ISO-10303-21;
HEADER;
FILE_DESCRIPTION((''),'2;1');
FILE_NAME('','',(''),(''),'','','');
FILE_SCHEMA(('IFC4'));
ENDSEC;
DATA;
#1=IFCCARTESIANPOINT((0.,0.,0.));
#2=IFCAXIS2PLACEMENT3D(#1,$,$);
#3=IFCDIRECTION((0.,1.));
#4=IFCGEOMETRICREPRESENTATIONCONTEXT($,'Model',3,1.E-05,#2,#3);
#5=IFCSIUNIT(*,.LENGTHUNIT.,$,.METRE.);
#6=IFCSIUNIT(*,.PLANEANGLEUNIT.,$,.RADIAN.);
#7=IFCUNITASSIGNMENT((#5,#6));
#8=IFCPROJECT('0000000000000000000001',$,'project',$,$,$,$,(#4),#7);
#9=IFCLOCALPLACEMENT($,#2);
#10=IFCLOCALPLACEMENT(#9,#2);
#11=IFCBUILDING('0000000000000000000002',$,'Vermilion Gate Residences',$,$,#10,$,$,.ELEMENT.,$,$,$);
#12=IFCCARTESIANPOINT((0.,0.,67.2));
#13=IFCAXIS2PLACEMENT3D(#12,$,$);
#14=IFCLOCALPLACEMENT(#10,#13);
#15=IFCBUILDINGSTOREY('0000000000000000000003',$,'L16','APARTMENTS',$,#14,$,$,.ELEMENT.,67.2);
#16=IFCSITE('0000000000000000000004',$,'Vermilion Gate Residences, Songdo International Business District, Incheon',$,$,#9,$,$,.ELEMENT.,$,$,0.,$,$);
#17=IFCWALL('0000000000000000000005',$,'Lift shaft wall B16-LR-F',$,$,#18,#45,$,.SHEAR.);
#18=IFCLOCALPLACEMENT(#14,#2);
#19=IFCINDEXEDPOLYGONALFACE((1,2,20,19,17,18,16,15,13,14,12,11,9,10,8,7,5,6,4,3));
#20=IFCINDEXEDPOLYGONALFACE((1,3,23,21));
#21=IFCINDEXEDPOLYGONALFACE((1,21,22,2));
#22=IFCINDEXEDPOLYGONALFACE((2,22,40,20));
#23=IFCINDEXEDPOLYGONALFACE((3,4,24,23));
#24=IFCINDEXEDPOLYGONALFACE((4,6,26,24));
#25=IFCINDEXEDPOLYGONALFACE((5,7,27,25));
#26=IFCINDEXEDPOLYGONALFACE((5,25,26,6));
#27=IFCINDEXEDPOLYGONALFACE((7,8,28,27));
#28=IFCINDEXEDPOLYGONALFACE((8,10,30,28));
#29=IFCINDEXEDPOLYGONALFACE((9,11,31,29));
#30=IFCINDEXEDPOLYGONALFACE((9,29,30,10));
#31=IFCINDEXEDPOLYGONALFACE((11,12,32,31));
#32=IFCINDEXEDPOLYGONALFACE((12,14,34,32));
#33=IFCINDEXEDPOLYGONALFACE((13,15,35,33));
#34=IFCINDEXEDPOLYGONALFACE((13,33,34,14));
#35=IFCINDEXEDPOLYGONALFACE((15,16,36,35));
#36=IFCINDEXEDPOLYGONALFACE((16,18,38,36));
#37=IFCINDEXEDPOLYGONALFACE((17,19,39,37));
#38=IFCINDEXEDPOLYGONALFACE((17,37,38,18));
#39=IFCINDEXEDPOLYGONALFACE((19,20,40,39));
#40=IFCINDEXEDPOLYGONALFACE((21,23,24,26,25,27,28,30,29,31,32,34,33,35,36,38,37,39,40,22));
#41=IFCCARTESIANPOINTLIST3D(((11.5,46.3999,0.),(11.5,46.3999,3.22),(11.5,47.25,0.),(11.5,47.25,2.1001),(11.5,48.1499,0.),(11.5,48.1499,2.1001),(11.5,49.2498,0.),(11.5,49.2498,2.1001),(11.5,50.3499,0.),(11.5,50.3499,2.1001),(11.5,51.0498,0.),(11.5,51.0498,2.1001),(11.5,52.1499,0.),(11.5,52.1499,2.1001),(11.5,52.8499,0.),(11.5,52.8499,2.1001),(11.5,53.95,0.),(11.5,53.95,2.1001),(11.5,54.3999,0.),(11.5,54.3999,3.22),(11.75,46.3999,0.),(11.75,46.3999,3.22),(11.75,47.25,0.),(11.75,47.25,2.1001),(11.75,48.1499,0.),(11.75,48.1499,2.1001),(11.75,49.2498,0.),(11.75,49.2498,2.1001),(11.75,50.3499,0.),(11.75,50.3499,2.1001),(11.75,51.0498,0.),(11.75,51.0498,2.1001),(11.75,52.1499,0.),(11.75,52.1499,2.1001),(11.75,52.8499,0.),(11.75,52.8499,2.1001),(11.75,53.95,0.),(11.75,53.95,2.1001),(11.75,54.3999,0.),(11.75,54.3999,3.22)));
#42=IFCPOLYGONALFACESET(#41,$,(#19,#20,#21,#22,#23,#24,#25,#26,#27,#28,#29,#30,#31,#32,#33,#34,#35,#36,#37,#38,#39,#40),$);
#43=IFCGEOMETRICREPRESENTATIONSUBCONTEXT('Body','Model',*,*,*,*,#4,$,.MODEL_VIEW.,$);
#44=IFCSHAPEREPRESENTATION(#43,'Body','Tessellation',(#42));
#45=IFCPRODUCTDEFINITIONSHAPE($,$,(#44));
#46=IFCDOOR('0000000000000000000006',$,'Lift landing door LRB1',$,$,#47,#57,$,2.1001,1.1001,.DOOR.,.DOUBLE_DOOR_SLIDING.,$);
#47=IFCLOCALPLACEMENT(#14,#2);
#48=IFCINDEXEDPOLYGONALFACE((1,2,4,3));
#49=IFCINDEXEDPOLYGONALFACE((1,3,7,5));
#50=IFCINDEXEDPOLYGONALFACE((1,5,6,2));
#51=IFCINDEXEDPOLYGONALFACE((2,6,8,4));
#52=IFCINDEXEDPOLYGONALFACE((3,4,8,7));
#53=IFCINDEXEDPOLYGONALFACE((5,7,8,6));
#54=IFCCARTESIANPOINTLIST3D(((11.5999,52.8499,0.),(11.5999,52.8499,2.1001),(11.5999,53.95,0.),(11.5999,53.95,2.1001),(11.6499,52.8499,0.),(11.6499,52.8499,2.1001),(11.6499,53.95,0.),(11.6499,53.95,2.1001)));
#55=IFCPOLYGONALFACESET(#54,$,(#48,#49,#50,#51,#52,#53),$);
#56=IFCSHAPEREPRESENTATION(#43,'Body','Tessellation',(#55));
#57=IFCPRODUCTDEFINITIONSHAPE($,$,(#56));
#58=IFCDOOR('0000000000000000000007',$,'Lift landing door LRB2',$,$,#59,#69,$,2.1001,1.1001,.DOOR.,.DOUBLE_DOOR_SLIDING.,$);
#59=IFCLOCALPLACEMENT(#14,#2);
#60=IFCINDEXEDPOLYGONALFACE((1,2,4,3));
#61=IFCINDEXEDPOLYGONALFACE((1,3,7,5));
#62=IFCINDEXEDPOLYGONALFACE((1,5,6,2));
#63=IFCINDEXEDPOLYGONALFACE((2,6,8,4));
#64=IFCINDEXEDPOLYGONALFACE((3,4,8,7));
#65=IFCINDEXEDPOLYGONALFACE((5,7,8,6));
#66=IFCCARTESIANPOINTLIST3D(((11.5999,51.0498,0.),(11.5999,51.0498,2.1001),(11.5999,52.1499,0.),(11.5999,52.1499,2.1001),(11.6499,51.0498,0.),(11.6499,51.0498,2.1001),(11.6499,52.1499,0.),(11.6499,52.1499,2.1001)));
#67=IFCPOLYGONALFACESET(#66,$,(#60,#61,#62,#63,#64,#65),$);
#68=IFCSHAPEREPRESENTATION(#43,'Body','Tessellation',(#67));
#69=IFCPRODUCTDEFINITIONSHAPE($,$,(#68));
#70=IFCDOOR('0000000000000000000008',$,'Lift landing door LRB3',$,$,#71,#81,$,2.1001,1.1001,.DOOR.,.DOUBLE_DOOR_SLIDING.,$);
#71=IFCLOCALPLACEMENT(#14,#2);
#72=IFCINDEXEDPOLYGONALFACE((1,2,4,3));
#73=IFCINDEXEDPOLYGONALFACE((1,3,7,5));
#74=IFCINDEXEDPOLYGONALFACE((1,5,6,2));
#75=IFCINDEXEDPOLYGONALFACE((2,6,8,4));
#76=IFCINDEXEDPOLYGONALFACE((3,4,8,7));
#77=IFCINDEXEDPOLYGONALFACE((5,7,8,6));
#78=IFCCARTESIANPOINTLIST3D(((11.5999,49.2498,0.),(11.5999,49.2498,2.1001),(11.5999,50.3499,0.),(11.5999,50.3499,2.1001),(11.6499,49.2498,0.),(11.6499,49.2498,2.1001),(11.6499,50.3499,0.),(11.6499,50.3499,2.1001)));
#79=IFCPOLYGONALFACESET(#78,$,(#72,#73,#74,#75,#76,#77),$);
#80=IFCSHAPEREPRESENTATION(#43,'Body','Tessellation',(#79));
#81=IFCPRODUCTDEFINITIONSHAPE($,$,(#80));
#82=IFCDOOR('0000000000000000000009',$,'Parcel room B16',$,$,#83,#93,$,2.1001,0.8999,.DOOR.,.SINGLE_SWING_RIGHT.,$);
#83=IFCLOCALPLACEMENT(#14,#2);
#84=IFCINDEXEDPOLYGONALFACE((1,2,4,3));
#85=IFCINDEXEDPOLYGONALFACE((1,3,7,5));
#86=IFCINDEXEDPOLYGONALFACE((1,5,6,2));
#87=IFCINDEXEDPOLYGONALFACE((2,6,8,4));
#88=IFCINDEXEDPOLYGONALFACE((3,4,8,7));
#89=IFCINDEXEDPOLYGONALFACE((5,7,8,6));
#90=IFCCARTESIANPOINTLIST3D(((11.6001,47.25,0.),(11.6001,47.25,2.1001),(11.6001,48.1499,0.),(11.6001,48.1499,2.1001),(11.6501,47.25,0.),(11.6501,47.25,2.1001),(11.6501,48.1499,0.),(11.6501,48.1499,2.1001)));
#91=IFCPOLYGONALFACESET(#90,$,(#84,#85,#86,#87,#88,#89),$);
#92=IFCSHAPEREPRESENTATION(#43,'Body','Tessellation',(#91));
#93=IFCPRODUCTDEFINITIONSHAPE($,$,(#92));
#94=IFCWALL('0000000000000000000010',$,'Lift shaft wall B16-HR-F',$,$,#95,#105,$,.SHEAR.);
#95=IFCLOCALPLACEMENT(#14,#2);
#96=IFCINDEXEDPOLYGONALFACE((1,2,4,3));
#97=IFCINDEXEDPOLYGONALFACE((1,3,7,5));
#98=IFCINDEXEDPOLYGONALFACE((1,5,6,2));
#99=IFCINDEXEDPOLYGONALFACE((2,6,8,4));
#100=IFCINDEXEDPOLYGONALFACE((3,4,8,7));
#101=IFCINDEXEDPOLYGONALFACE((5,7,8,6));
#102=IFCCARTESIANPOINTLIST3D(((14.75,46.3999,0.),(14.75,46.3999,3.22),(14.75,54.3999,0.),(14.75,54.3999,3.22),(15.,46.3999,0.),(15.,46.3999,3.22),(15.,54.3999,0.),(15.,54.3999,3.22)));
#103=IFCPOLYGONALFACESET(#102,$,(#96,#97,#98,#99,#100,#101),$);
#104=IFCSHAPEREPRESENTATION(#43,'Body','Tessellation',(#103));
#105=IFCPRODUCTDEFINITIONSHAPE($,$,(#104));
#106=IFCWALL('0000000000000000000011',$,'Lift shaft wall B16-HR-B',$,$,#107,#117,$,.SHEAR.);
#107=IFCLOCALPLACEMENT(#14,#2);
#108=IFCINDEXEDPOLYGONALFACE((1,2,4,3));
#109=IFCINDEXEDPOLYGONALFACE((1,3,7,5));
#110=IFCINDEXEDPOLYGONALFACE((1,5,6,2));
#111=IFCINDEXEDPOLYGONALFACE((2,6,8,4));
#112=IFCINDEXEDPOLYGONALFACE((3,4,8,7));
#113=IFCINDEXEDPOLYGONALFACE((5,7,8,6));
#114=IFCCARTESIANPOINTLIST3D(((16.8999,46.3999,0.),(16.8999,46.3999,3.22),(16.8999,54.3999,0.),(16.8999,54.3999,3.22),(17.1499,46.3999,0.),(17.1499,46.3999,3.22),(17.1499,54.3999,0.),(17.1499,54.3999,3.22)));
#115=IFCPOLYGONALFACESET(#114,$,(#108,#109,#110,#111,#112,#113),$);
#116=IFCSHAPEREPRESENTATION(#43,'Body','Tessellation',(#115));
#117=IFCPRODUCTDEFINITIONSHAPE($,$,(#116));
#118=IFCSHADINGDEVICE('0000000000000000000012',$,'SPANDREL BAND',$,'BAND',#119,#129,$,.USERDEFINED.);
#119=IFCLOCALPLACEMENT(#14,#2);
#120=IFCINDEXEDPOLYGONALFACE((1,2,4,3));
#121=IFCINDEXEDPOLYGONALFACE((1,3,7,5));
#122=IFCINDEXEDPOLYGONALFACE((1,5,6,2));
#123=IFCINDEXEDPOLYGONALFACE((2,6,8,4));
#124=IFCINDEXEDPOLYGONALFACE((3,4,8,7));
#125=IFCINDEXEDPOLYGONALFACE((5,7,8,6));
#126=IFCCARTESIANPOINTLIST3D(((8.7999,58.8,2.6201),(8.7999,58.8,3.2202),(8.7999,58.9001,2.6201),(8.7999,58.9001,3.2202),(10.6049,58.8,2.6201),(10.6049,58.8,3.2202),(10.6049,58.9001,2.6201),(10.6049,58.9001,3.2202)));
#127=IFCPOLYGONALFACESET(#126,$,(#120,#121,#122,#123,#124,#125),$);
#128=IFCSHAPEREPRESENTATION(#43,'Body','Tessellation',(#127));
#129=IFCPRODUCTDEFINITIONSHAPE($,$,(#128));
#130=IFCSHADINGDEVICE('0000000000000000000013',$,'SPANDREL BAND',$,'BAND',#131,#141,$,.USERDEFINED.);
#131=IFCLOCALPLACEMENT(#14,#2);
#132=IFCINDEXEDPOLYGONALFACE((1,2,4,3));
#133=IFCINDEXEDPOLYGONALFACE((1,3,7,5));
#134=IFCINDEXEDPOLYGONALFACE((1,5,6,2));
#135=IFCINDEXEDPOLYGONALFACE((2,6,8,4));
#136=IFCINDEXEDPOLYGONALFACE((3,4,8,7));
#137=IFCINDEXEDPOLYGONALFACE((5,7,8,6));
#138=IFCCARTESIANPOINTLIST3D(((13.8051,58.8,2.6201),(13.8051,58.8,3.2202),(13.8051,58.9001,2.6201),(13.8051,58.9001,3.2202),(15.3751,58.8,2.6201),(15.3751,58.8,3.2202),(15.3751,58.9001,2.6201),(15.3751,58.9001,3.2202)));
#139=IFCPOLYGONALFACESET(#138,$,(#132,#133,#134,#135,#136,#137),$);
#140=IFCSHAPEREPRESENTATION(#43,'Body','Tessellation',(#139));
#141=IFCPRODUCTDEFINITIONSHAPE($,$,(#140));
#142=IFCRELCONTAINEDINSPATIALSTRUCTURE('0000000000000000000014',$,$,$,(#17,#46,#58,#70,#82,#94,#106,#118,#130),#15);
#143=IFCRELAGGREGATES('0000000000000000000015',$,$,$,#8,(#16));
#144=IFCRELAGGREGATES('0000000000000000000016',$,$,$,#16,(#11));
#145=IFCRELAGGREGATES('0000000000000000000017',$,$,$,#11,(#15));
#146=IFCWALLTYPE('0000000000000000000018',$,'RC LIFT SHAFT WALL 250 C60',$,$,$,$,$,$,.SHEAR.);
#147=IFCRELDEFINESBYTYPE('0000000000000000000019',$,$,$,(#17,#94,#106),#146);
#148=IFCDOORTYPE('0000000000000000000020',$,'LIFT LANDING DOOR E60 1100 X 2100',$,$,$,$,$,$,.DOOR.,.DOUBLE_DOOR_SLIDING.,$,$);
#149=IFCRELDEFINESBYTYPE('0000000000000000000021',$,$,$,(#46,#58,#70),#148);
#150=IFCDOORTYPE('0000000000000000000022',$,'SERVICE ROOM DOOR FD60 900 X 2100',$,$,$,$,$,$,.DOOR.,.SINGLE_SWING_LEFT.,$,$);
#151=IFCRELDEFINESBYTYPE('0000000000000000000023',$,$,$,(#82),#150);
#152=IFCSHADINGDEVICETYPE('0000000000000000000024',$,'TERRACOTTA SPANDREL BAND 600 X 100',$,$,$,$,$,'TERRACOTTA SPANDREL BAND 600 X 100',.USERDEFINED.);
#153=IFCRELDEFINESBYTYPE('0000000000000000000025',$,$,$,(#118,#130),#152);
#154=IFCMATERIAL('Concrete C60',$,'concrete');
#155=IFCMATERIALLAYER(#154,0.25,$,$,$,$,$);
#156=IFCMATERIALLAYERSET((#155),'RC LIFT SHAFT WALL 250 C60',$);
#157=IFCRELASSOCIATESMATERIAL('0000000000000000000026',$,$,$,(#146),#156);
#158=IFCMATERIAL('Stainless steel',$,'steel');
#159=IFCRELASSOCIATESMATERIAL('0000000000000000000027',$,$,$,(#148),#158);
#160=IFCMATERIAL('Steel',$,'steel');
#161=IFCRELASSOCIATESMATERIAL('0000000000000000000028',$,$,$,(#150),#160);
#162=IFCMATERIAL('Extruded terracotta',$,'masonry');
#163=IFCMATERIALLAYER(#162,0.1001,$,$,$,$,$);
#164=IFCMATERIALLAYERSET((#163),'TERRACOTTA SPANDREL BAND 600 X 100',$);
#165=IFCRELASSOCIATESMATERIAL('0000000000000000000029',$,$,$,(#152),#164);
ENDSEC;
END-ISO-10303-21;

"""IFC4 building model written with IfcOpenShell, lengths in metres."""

from ifc_helpers import new_model, si_unit, direction, frame, frame_2d, origin, origin_2d, place, context, subcontext, project, spatial, rectangle, extrude, material, layer, layer_set, type_object, element, fill, save


model = new_model("IFC4")

# Units and contexts
model_context = context("Model", 3, precision=1e-05, world=origin(), true_north=direction((0.0, 1.0)))
body_context = subcontext(model_context, "Body", "Model", "MODEL_VIEW")
ifc_project = project(units=[si_unit("LENGTHUNIT", "METRE"), si_unit("PLANEANGLEUNIT", "RADIAN")], contexts=[model_context])

# Site, building, storey
site_placement = place(None, origin())
site = spatial("IfcSite", under=ifc_project, at=site_placement, Name="Vermilion Gate Residences, Songdo International Business District, Incheon", CompositionType="ELEMENT", RefElevation=0.0)
building_placement = place(site_placement, origin())
building = spatial("IfcBuilding", under=site, at=building_placement, Name="Vermilion Gate Residences", CompositionType="ELEMENT")
storey_placement = place(building_placement, frame((0.0, 0.0, 67.2)))
storey = spatial("IfcBuildingStorey", under=building, at=storey_placement, Name="L16", Description="APARTMENTS", CompositionType="ELEMENT", Elevation=67.2)

# Wall, openings, doors
ifc_material_1 = material(Name="Concrete C60", Category="concrete")
ifc_layer_1 = layer(ifc_material_1, 0.25)
ifc_layer_set_1 = layer_set([ifc_layer_1], Name="RC LIFT SHAFT WALL 250 C60")
wall_type_1 = type_object("IfcWallType", Name="RC LIFT SHAFT WALL 250 C60", PredefinedType="SHEAR", material=ifc_layer_set_1)
wall_1_placement = place(storey_placement, frame((11.625, 54.3999, 0.0), z_axis=(0.0, 0.0, 1.0), x_axis=(0.0, -1.0, 0.0)))
wall_1 = element("IfcWall", 1, at=wall_1_placement, inside=storey, type_object=wall_type_1, Name="Lift shaft wall B16-LR-F", PredefinedType="SHEAR", context=body_context, shape_type="SweptSolid", body=[
    extrude(rectangle(XDim=8.0, YDim=0.25, at=frame_2d((4.0, 0.0))), origin(), (0.0, 0.0, 1.0), 3.22),
])
opening_1_placement = place(wall_1_placement, frame((0.45, 0.0, 0.0)))
opening_1 = element("IfcOpeningElement", 2, at=opening_1_placement, cuts=wall_1, PredefinedType="OPENING", context=body_context, shape_type="SweptSolid", body=[
    extrude(rectangle(XDim=1.1001, YDim=2.1001, at=frame_2d((0.55, 1.05))), frame((0.0, 0.135, 0.0), z_axis=(0.0, -1.0, 0.0), x_axis=(1.0, 0.0, 0.0)), (0.0, 0.0, 1.0), 0.27),
])
opening_2_placement = place(wall_1_placement, frame((2.25, 0.0, 0.0)))
opening_2 = element("IfcOpeningElement", 3, at=opening_2_placement, cuts=wall_1, PredefinedType="OPENING", context=body_context, shape_type="SweptSolid", body=[
    extrude(rectangle(XDim=1.1001, YDim=2.1001, at=frame_2d((0.55, 1.05))), frame((0.0, 0.135, 0.0), z_axis=(0.0, -1.0, 0.0), x_axis=(1.0, 0.0, 0.0)), (0.0, 0.0, 1.0), 0.27),
])
opening_3_placement = place(wall_1_placement, frame((4.05, 0.0, 0.0)))
opening_3 = element("IfcOpeningElement", 4, at=opening_3_placement, cuts=wall_1, PredefinedType="OPENING", context=body_context, shape_type="SweptSolid", body=[
    extrude(rectangle(XDim=1.1001, YDim=2.1001, at=frame_2d((0.55, 1.05))), frame((0.0, 0.135, 0.0), z_axis=(0.0, -1.0, 0.0), x_axis=(1.0, 0.0, 0.0)), (0.0, 0.0, 1.0), 0.27),
])
opening_4_placement = place(wall_1_placement, frame((6.25, 0.0, 0.0)))
opening_4 = element("IfcOpeningElement", 5, at=opening_4_placement, cuts=wall_1, PredefinedType="OPENING", context=body_context, shape_type="SweptSolid", body=[
    extrude(rectangle(XDim=0.8999, YDim=2.1001, at=frame_2d((0.45, 1.05))), frame((0.0, 0.135, 0.0), z_axis=(0.0, -1.0, 0.0), x_axis=(1.0, 0.0, 0.0)), (0.0, 0.0, 1.0), 0.27),
])
ifc_material_2 = material(Name="Stainless steel", Category="steel")
door_type_1 = type_object("IfcDoorType", Name="LIFT LANDING DOOR E60 1100 X 2100", OperationType="DOUBLE_DOOR_SLIDING", PredefinedType="DOOR", material=ifc_material_2)
door_1_placement = place(opening_1_placement, origin())
door_1 = element("IfcDoor", 6, at=door_1_placement, inside=storey, type_object=door_type_1, Name="Lift landing door LRB1", OperationType="DOUBLE_DOOR_SLIDING", OverallHeight=2.1001, OverallWidth=1.1001, PredefinedType="DOOR", context=body_context, shape_type="SweptSolid", body=[
    extrude(rectangle(XDim=1.1001, YDim=2.1001, at=frame_2d((0.55, 1.05))), frame((0.0, 0.0249, 0.0), z_axis=(0.0, -1.0, 0.0), x_axis=(1.0, 0.0, 0.0)), (0.0, 0.0, 1.0), 0.05),
])
fill(opening_1, door_1)
door_2_placement = place(opening_2_placement, origin())
door_2 = element("IfcDoor", 7, at=door_2_placement, inside=storey, type_object=door_type_1, Name="Lift landing door LRB2", OperationType="DOUBLE_DOOR_SLIDING", OverallHeight=2.1001, OverallWidth=1.1001, PredefinedType="DOOR", context=body_context, shape_type="SweptSolid", body=[
    extrude(rectangle(XDim=1.1001, YDim=2.1001, at=frame_2d((0.55, 1.05))), frame((0.0, 0.0249, 0.0), z_axis=(0.0, -1.0, 0.0), x_axis=(1.0, 0.0, 0.0)), (0.0, 0.0, 1.0), 0.05),
])
fill(opening_2, door_2)
door_3_placement = place(opening_3_placement, origin())
door_3 = element("IfcDoor", 8, at=door_3_placement, inside=storey, type_object=door_type_1, Name="Lift landing door LRB3", OperationType="DOUBLE_DOOR_SLIDING", OverallHeight=2.1001, OverallWidth=1.1001, PredefinedType="DOOR", context=body_context, shape_type="SweptSolid", body=[
    extrude(rectangle(XDim=1.1001, YDim=2.1001, at=frame_2d((0.55, 1.05))), frame((0.0, 0.0249, 0.0), z_axis=(0.0, -1.0, 0.0), x_axis=(1.0, 0.0, 0.0)), (0.0, 0.0, 1.0), 0.05),
])
fill(opening_3, door_3)
ifc_material_3 = material(Name="Steel", Category="steel")
door_type_2 = type_object("IfcDoorType", Name="SERVICE ROOM DOOR FD60 900 X 2100", OperationType="SINGLE_SWING_LEFT", PredefinedType="DOOR", material=ifc_material_3)
door_4_placement = place(opening_4_placement, frame((0.8999, 0.0, 0.0), z_axis=(0.0, 0.0, 1.0), x_axis=(-1.0, 0.0, 0.0)))
door_4 = element("IfcDoor", 9, at=door_4_placement, inside=storey, type_object=door_type_2, Name="Parcel room B16", OperationType="SINGLE_SWING_RIGHT", OverallHeight=2.1001, OverallWidth=0.8999, PredefinedType="DOOR", context=body_context, shape_type="SweptSolid", body=[
    extrude(rectangle(XDim=0.8999, YDim=2.1001, at=frame_2d((0.45, 1.05))), frame((0.0, 0.0249, 0.0), z_axis=(0.0, -1.0, 0.0), x_axis=(1.0, 0.0, 0.0)), (0.0, 0.0, 1.0), 0.05),
])
fill(opening_4, door_4)

# Walls
for number, where, z_axis, x_axis, name in (
    (10, (14.875, 54.3999, 0.0), (0.0, 0.0, 1.0), (0.0, -1.0, 0.0), "Lift shaft wall B16-HR-F"),
    (11, (17.0249, 54.3999, 0.0), (0.0, 0.0, 1.0), (0.0, -1.0, 0.0), "Lift shaft wall B16-HR-B"),
):
    element("IfcWall", number, at=place(storey_placement, frame(where, z_axis=z_axis, x_axis=x_axis)), inside=storey, type_object=wall_type_1, Name=name, PredefinedType="SHEAR", context=body_context, shape_type="SweptSolid", body=[
        extrude(rectangle(XDim=8.0, YDim=0.25, at=frame_2d((4.0, 0.0))), origin(), (0.0, 0.0, 1.0), 3.22),
    ])

# Shading devices
ifc_material_4 = material(Name="Extruded terracotta", Category="masonry")
ifc_layer_2 = layer(ifc_material_4, 0.1001)
ifc_layer_set_2 = layer_set([ifc_layer_2], Name="TERRACOTTA SPANDREL BAND 600 X 100")
shading_device_type = type_object("IfcShadingDeviceType", Name="TERRACOTTA SPANDREL BAND 600 X 100", ElementType="TERRACOTTA SPANDREL BAND 600 X 100", PredefinedType="USERDEFINED", material=ifc_layer_set_2)
shading_device_1_placement = place(storey_placement, frame((9.7024, 58.8501, 2.6201), z_axis=(0.0, 0.0, 1.0), x_axis=(1.0, 0.0, 0.0)))
element("IfcShadingDevice", 12, at=shading_device_1_placement, inside=storey, type_object=shading_device_type, Name="SPANDREL BAND", ObjectType="BAND", PredefinedType="USERDEFINED", context=body_context, shape_type="SweptSolid", body=[
    extrude(rectangle(XDim=1.8049, YDim=0.1001, at=origin_2d()), origin(), (0.0, 0.0, 1.0), 0.6001),
])
shading_device_2_placement = place(storey_placement, frame((14.5901, 58.8501, 2.6201), z_axis=(0.0, 0.0, 1.0), x_axis=(1.0, 0.0, 0.0)))
element("IfcShadingDevice", 13, at=shading_device_2_placement, inside=storey, type_object=shading_device_type, Name="SPANDREL BAND", ObjectType="BAND", PredefinedType="USERDEFINED", context=body_context, shape_type="SweptSolid", body=[
    extrude(rectangle(XDim=1.5701, YDim=0.1001, at=origin_2d()), origin(), (0.0, 0.0, 1.0), 0.6001),
])

save(model, "model.ifc")
